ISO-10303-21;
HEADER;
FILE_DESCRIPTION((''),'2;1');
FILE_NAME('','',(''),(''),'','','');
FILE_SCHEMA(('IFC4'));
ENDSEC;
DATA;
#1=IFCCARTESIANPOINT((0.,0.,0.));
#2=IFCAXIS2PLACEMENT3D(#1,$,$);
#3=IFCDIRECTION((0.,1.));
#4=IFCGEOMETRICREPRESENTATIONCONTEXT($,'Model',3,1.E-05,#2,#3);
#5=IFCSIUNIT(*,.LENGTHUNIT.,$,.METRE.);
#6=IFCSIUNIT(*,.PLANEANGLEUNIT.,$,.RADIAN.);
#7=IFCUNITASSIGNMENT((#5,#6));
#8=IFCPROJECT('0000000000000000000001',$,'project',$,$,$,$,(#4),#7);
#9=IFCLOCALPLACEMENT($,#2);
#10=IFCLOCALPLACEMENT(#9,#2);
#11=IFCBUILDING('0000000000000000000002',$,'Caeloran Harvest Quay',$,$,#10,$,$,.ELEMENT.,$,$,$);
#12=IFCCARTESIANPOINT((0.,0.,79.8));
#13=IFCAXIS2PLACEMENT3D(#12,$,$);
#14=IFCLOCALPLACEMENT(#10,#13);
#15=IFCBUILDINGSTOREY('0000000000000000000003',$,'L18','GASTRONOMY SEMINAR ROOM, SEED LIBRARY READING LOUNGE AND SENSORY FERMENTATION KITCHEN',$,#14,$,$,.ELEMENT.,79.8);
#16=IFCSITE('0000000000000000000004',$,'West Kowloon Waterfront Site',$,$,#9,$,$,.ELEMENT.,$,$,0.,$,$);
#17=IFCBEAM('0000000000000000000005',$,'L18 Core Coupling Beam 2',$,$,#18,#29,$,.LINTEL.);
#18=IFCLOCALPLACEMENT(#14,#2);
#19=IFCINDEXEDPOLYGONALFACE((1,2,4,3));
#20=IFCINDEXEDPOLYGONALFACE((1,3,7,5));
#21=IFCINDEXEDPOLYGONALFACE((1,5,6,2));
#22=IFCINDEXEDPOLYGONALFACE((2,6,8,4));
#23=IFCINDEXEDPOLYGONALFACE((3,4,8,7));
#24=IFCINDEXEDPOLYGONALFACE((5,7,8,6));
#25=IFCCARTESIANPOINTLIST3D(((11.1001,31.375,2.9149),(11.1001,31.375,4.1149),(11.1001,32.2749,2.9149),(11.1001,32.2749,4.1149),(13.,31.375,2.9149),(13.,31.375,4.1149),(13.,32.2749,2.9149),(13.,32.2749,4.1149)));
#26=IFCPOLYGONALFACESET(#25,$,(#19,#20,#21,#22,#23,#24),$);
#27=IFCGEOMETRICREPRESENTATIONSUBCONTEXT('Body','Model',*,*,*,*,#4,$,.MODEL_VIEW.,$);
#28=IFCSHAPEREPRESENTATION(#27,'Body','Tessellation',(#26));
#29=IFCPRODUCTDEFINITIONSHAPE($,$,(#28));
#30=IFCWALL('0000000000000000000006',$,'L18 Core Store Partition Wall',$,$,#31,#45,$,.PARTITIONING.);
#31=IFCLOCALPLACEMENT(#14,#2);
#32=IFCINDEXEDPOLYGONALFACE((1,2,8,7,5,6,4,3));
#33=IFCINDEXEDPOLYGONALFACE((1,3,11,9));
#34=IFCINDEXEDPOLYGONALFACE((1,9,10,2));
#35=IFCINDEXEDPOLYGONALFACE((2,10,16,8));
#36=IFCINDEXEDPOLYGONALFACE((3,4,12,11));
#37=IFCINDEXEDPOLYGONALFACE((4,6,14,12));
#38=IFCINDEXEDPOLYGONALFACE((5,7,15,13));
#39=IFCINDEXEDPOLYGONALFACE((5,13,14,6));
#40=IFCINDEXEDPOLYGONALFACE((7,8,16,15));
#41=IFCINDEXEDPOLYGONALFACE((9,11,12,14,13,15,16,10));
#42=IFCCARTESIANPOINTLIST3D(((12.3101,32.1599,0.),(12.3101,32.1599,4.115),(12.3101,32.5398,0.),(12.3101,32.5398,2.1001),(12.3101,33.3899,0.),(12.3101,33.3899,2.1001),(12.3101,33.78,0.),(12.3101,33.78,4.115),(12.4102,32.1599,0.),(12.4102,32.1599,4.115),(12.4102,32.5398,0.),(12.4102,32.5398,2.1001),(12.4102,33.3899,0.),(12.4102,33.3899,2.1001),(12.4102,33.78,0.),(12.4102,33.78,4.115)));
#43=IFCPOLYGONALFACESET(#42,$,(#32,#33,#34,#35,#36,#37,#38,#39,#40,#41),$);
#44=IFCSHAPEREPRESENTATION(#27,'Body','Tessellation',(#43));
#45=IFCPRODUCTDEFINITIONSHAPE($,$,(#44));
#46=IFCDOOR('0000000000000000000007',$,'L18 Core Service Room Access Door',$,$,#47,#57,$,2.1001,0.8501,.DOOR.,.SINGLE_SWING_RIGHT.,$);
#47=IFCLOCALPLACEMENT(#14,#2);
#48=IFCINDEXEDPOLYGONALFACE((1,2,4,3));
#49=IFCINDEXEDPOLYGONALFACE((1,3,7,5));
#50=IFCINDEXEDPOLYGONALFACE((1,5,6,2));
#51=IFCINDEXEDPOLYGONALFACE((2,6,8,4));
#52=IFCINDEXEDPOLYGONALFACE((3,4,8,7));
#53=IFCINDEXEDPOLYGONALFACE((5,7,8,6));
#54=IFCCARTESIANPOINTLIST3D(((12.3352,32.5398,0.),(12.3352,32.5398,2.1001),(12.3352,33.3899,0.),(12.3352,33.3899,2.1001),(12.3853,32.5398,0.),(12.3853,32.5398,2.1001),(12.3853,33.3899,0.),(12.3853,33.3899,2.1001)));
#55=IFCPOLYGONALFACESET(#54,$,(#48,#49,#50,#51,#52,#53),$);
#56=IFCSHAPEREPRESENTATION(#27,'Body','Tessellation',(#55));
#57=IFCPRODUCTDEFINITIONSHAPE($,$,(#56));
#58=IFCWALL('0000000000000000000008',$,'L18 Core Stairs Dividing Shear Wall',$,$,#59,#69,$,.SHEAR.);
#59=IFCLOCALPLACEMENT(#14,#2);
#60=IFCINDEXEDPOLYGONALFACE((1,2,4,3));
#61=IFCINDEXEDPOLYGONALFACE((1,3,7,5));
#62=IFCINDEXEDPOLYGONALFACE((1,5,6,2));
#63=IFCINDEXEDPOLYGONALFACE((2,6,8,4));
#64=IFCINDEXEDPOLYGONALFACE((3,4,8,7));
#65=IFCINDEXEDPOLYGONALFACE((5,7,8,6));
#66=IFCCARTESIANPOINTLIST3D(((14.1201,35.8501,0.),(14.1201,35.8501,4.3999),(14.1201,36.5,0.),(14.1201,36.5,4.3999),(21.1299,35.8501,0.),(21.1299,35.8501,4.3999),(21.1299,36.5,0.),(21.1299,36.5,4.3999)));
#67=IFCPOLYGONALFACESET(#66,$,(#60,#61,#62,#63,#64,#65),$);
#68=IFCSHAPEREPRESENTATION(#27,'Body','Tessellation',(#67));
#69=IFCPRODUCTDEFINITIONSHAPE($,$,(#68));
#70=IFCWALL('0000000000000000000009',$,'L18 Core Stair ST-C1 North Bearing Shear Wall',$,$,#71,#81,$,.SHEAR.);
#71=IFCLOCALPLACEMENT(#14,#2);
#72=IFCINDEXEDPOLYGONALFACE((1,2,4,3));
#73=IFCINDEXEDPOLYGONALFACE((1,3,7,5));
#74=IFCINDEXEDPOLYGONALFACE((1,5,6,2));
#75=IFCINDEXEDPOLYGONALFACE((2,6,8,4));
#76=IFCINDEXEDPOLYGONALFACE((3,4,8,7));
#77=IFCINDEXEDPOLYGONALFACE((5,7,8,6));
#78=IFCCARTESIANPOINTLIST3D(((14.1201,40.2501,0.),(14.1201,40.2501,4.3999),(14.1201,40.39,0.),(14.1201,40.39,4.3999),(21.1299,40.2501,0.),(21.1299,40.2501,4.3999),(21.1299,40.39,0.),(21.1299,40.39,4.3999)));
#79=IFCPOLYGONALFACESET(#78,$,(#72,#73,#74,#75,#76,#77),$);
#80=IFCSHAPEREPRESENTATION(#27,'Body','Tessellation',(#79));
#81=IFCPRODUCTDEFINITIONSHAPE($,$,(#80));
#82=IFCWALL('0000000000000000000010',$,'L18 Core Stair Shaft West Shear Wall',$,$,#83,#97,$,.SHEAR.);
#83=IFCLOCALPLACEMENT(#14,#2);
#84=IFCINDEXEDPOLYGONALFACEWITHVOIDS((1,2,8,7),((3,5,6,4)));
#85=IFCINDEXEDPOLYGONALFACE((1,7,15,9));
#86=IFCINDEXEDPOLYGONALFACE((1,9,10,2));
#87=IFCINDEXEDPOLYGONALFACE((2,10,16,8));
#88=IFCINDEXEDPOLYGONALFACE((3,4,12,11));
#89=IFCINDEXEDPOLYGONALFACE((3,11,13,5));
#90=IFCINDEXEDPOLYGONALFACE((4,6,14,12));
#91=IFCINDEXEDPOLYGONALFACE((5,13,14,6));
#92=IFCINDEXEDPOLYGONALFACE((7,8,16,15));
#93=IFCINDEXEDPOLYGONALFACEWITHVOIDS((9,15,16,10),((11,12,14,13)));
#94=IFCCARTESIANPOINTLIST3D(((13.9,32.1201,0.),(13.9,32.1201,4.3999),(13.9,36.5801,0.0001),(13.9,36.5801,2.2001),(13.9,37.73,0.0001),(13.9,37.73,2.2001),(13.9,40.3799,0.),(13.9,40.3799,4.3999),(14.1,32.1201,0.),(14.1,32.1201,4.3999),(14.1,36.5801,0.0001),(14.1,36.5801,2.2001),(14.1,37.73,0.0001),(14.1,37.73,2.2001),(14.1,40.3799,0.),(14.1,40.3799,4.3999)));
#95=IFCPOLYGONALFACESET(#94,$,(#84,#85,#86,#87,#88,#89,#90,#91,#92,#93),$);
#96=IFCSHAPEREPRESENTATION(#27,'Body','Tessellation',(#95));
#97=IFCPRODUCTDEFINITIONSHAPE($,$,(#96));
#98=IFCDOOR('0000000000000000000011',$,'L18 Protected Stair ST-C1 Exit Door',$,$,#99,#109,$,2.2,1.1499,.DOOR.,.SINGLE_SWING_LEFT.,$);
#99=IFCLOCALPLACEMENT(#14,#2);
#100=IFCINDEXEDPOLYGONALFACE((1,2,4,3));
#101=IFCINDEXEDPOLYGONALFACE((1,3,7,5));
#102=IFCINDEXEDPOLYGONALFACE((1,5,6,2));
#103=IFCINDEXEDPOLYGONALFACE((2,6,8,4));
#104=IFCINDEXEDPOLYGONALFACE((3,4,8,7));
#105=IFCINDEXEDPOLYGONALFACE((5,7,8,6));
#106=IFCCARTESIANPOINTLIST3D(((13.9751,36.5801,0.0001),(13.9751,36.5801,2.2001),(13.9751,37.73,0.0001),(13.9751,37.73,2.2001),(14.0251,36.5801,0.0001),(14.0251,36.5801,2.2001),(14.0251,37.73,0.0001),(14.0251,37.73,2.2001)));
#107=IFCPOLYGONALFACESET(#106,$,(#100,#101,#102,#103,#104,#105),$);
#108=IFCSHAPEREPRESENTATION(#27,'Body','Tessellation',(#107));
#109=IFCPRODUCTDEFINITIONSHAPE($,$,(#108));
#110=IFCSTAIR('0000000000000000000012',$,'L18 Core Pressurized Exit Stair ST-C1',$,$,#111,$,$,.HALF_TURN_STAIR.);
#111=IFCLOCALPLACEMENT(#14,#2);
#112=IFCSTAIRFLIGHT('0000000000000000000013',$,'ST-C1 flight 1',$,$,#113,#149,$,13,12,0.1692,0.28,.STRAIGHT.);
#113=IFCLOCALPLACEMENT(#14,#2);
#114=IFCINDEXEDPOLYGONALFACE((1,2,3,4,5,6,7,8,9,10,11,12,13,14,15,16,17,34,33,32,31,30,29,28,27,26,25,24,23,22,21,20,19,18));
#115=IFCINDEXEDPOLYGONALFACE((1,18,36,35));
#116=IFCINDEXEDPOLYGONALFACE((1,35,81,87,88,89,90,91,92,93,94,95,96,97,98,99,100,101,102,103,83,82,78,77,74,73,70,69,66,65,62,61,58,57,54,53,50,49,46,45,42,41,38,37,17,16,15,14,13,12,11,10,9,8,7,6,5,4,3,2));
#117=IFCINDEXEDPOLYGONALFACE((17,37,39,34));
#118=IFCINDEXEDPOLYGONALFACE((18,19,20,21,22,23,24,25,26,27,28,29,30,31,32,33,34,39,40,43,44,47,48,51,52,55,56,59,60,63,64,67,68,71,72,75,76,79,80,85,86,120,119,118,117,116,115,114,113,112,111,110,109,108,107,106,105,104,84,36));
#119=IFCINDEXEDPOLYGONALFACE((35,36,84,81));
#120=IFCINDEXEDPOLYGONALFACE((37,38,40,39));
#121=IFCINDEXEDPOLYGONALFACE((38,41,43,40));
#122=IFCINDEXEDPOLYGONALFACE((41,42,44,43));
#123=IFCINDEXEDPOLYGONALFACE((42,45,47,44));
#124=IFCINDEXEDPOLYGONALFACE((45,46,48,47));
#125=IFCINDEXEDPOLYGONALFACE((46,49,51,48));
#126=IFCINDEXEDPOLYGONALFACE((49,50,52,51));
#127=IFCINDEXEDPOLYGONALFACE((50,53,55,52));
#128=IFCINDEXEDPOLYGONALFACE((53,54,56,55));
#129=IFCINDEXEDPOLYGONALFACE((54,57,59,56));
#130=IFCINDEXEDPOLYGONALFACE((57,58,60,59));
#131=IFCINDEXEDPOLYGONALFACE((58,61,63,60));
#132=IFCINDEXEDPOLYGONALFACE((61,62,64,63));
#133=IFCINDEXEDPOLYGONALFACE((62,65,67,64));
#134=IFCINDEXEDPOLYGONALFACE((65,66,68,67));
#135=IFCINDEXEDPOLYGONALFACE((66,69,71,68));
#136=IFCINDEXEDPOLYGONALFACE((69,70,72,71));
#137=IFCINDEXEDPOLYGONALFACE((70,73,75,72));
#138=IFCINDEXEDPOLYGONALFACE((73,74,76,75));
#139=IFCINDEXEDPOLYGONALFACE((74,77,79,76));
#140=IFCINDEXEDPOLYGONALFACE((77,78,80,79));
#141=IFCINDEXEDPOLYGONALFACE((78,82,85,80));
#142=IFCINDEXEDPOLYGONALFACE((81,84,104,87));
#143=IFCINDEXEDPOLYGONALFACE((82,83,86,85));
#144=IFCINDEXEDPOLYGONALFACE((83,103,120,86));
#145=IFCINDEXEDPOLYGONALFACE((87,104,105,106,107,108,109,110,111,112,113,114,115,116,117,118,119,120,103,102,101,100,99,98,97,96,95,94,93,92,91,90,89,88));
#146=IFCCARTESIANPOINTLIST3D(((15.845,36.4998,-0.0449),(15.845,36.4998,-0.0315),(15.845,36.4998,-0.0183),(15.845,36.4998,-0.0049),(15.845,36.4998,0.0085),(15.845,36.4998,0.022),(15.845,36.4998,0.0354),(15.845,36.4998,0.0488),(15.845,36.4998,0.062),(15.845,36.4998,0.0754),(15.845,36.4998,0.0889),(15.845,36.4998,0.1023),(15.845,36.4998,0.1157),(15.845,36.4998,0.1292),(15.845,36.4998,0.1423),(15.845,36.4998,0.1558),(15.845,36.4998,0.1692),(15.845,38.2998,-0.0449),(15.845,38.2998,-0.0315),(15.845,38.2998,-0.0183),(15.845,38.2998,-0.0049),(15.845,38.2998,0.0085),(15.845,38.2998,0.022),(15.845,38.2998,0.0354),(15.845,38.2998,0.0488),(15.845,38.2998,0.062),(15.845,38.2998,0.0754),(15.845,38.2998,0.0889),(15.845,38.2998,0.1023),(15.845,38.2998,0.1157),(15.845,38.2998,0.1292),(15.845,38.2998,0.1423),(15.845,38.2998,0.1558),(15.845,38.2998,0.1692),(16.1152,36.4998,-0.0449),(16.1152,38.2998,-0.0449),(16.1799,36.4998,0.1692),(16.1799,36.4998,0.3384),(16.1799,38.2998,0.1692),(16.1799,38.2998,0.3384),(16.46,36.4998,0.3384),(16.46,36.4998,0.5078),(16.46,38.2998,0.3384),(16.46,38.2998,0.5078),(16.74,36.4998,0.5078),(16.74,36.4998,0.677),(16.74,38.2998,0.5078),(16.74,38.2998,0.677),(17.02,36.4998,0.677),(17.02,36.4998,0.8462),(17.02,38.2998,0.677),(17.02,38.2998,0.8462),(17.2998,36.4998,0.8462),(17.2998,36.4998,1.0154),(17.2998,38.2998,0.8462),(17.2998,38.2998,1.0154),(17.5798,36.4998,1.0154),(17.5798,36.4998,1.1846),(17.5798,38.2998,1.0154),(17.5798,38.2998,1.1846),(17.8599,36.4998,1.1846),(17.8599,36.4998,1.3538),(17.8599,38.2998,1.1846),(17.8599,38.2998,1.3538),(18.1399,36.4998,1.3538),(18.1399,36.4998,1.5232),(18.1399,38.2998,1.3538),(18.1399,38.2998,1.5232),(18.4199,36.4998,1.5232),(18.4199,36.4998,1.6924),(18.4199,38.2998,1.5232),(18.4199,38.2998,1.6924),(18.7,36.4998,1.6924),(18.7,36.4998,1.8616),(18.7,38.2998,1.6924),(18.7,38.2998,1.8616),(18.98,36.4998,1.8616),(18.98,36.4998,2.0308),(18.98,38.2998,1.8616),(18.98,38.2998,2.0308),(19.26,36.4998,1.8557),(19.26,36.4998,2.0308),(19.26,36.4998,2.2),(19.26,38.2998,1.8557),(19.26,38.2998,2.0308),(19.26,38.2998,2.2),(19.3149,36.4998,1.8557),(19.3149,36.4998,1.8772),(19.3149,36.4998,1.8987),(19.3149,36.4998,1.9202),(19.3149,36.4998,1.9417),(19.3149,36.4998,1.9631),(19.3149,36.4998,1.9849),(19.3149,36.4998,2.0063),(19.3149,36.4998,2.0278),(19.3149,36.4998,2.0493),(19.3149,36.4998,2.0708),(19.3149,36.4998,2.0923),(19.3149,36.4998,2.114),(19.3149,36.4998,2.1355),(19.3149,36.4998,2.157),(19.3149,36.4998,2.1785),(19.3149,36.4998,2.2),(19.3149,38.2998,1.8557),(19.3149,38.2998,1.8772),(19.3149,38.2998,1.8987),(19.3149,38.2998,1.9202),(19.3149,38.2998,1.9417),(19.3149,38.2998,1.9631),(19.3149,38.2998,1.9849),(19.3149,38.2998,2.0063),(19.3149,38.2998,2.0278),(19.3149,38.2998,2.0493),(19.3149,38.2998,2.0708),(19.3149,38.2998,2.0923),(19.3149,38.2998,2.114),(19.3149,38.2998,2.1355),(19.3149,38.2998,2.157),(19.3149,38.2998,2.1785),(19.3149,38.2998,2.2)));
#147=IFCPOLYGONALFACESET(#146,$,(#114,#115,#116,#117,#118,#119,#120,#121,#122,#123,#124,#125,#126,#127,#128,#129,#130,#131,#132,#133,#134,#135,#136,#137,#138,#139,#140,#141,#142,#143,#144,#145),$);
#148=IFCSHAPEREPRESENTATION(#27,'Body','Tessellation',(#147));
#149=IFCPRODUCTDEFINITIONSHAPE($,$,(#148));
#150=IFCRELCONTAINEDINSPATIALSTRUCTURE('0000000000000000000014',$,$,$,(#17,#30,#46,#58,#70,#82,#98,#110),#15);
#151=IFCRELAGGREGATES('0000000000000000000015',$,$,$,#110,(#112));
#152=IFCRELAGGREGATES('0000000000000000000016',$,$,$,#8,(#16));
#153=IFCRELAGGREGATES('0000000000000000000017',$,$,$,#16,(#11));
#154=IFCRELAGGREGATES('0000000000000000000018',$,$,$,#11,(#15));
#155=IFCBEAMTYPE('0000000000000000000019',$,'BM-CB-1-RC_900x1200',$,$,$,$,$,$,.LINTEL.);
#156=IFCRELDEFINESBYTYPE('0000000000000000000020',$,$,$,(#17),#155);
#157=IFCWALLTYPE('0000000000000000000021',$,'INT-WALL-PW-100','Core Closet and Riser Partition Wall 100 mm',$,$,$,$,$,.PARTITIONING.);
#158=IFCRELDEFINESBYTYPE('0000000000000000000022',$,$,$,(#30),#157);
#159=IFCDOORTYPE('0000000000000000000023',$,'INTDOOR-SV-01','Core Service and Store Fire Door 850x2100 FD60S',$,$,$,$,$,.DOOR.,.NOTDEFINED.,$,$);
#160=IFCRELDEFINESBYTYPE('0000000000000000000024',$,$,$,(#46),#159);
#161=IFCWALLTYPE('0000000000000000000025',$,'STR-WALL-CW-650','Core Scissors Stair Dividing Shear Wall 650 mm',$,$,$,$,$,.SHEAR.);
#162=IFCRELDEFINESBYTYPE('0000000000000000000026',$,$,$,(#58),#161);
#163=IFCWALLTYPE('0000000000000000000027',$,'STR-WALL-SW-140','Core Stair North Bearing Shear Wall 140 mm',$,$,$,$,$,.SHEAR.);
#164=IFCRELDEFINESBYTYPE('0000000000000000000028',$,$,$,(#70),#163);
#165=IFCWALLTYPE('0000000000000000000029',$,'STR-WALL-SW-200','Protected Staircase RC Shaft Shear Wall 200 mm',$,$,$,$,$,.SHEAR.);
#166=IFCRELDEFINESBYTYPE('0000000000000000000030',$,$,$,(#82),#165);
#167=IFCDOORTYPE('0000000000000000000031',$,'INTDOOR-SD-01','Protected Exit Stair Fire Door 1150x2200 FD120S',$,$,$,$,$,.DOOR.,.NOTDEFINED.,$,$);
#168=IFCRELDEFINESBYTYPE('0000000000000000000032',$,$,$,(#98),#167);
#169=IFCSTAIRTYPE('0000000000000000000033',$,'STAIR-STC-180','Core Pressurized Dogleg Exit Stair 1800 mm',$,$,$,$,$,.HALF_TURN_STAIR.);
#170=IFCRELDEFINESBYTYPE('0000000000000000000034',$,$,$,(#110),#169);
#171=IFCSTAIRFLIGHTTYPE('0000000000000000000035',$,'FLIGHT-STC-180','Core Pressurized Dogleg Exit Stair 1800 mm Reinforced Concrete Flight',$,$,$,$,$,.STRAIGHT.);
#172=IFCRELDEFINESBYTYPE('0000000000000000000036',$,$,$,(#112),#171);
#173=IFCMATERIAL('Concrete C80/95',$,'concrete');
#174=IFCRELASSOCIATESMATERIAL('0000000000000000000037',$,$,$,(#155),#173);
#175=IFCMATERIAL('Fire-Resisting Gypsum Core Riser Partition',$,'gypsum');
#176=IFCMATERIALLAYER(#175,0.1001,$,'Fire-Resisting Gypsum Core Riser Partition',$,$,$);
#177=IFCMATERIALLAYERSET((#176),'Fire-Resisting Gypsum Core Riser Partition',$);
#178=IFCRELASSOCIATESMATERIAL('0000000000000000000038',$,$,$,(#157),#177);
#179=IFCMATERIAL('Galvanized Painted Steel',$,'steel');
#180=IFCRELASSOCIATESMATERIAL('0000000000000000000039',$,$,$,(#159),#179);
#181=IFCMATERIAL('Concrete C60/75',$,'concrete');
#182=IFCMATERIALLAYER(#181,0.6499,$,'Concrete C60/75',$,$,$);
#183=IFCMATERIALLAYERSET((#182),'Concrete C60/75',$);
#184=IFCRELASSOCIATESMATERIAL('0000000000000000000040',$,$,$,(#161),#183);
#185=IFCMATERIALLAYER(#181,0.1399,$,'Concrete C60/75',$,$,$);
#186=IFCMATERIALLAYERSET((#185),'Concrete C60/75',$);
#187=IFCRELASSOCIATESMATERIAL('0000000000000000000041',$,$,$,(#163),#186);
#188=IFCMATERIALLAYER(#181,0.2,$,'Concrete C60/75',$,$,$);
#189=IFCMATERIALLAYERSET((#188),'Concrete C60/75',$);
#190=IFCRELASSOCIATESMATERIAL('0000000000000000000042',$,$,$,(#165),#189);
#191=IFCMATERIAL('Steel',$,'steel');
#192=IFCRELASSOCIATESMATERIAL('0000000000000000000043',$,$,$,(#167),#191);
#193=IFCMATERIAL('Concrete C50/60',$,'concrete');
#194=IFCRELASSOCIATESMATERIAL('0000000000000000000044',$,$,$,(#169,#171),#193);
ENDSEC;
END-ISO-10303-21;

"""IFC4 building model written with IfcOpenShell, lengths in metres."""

from ifc_helpers import new_model, si_unit, direction, frame, frame_2d, origin, origin_2d, place, context, subcontext, project, spatial, polyline, rectangle, outline, extrude, material, layer, layer_set, material_profile, profile_set, type_object, element, fill, aggregate, save


model = new_model("IFC4")

# Units and contexts
model_context = context("Model", 3, precision=1e-05, world=origin(), true_north=direction((0.0, 1.0)))
body_context = subcontext(model_context, "Body", "Model", "MODEL_VIEW")
ifc_project = project(units=[si_unit("LENGTHUNIT", "METRE"), si_unit("PLANEANGLEUNIT", "RADIAN")], contexts=[model_context])

# Site, building, storey
site_placement = place(None, origin())
site = spatial("IfcSite", under=ifc_project, at=site_placement, Name="West Kowloon Waterfront Site", CompositionType="ELEMENT", RefElevation=0.0)
building_placement = place(site_placement, origin())
building = spatial("IfcBuilding", under=site, at=building_placement, Name="Caeloran Harvest Quay", CompositionType="ELEMENT")
storey_placement = place(building_placement, frame((0.0, 0.0, 79.8)))
storey = spatial("IfcBuildingStorey", under=building, at=storey_placement, Name="L18", Description="GASTRONOMY SEMINAR ROOM, SEED LIBRARY READING LOUNGE AND SENSORY FERMENTATION KITCHEN", CompositionType="ELEMENT", Elevation=79.8)

# Beam
ifc_material_1 = material(Name="Concrete C80/95", Category="concrete")
ifc_material_profile = material_profile(ifc_material_1, rectangle(XDim=0.8999, YDim=1.2, at=origin_2d()), Name="RC 900x1200")
ifc_profile_set = profile_set([ifc_material_profile], Name="Concrete C80/95")
beam_type = type_object("IfcBeamType", Name="BM-CB-1-RC_900x1200", PredefinedType="LINTEL", material=ifc_profile_set)
beam_placement = place(storey_placement, frame((11.1001, 31.825, 3.5149), z_axis=(1.0, 0.0, 0.0), x_axis=(0.0, 1.0, 0.0)))
element("IfcBeam", 1, at=beam_placement, inside=storey, type_object=beam_type, Name="L18 Core Coupling Beam 2", PredefinedType="LINTEL", context=body_context, shape_type="SweptSolid", body=[
    extrude(rectangle(XDim=0.8999, YDim=1.2, at=origin_2d()), origin(), (0.0, 0.0, 1.0), 1.8999),
])

# Wall, opening, door
ifc_material_2 = material(Name="Fire-Resisting Gypsum Core Riser Partition", Category="gypsum")
ifc_layer_1 = layer(ifc_material_2, 0.1001, Name="Fire-Resisting Gypsum Core Riser Partition")
ifc_layer_set_1 = layer_set([ifc_layer_1], Name="Fire-Resisting Gypsum Core Riser Partition")
wall_type_1 = type_object("IfcWallType", Name="INT-WALL-PW-100", Description="Core Closet and Riser Partition Wall 100 mm", PredefinedType="PARTITIONING", material=ifc_layer_set_1)
wall_1_placement = place(storey_placement, frame((12.3601, 32.1599, 0.0), z_axis=(0.0, 0.0, 1.0), x_axis=(0.0, 1.0, 0.0)))
wall_1 = element("IfcWall", 2, at=wall_1_placement, inside=storey, type_object=wall_type_1, Name="L18 Core Store Partition Wall", PredefinedType="PARTITIONING", context=body_context, shape_type="SweptSolid", body=[
    extrude(rectangle(XDim=1.6201, YDim=0.1001, at=frame_2d((0.8101, 0.0))), origin(), (0.0, 0.0, 1.0), 4.115),
])
opening_1_placement = place(wall_1_placement, frame((0.3799, 0.0, 0.0)))
opening_1 = element("IfcOpeningElement", 3, at=opening_1_placement, cuts=wall_1, PredefinedType="OPENING", context=body_context, shape_type="SweptSolid", body=[
    extrude(rectangle(XDim=0.8501, YDim=2.1001, at=frame_2d((0.425, 1.05))), frame((0.0, 0.0601, 0.0), z_axis=(0.0, -1.0, 0.0), x_axis=(1.0, 0.0, 0.0)), (0.0, 0.0, 1.0), 0.1201),
])
ifc_material_3 = material(Name="Galvanized Painted Steel", Category="steel")
door_type_1 = type_object("IfcDoorType", Name="INTDOOR-SV-01", Description="Core Service and Store Fire Door 850x2100 FD60S", OperationType="NOTDEFINED", PredefinedType="DOOR", material=ifc_material_3)
door_1_placement = place(opening_1_placement, origin())
door_1 = element("IfcDoor", 4, at=door_1_placement, inside=storey, type_object=door_type_1, Name="L18 Core Service Room Access Door", OperationType="SINGLE_SWING_RIGHT", OverallHeight=2.1001, OverallWidth=0.8501, PredefinedType="DOOR", context=body_context, shape_type="SweptSolid", body=[
    extrude(rectangle(XDim=0.8501, YDim=2.1001, at=frame_2d((0.425, 1.05))), frame((0.0, 0.0249, 0.0), z_axis=(0.0, -1.0, 0.0), x_axis=(1.0, 0.0, 0.0)), (0.0, 0.0, 1.0), 0.05),
])
fill(opening_1, door_1)

# Walls
ifc_material_4 = material(Name="Concrete C60/75", Category="concrete")
ifc_layer_2 = layer(ifc_material_4, 0.6499, Name="Concrete C60/75")
ifc_layer_set_2 = layer_set([ifc_layer_2], Name="Concrete C60/75")
wall_type_2 = type_object("IfcWallType", Name="STR-WALL-CW-650", Description="Core Scissors Stair Dividing Shear Wall 650 mm", PredefinedType="SHEAR", material=ifc_layer_set_2)
wall_2_placement = place(storey_placement, frame((14.1201, 36.175, 0.0), z_axis=(0.0, 0.0, 1.0), x_axis=(1.0, 0.0, 0.0)))
element("IfcWall", 5, at=wall_2_placement, inside=storey, type_object=wall_type_2, Name="L18 Core Stairs Dividing Shear Wall", PredefinedType="SHEAR", context=body_context, shape_type="SweptSolid", body=[
    extrude(rectangle(XDim=7.0098, YDim=0.6499, at=frame_2d((3.5049, 0.0))), origin(), (0.0, 0.0, 1.0), 4.3999),
])
ifc_layer_3 = layer(ifc_material_4, 0.1399, Name="Concrete C60/75")
ifc_layer_set_3 = layer_set([ifc_layer_3], Name="Concrete C60/75")
wall_type_3 = type_object("IfcWallType", Name="STR-WALL-SW-140", Description="Core Stair North Bearing Shear Wall 140 mm", PredefinedType="SHEAR", material=ifc_layer_set_3)
wall_3_placement = place(storey_placement, frame((14.1201, 40.3201, 0.0), z_axis=(0.0, 0.0, 1.0), x_axis=(1.0, 0.0, 0.0)))
element("IfcWall", 6, at=wall_3_placement, inside=storey, type_object=wall_type_3, Name="L18 Core Stair ST-C1 North Bearing Shear Wall", PredefinedType="SHEAR", context=body_context, shape_type="SweptSolid", body=[
    extrude(rectangle(XDim=7.0098, YDim=0.1399, at=frame_2d((3.5049, 0.0))), origin(), (0.0, 0.0, 1.0), 4.3999),
])

# Wall, opening, door
ifc_layer_4 = layer(ifc_material_4, 0.2, Name="Concrete C60/75")
ifc_layer_set_4 = layer_set([ifc_layer_4], Name="Concrete C60/75")
wall_type_4 = type_object("IfcWallType", Name="STR-WALL-SW-200", Description="Protected Staircase RC Shaft Shear Wall 200 mm", PredefinedType="SHEAR", material=ifc_layer_set_4)
wall_4_placement = place(storey_placement, frame((14.0, 32.1201, 0.0), z_axis=(0.0, 0.0, 1.0), x_axis=(0.0, 1.0, 0.0)))
wall_4 = element("IfcWall", 7, at=wall_4_placement, inside=storey, type_object=wall_type_4, Name="L18 Core Stair Shaft West Shear Wall", PredefinedType="SHEAR", context=body_context, shape_type="SweptSolid", body=[
    extrude(rectangle(XDim=8.2598, YDim=0.2, at=frame_2d((4.1299, 0.0))), origin(), (0.0, 0.0, 1.0), 4.3999),
])
opening_2_placement = place(wall_4_placement, frame((4.46, 0.0, 0.0)))
opening_2 = element("IfcOpeningElement", 8, at=opening_2_placement, cuts=wall_4, PredefinedType="OPENING", context=body_context, shape_type="SweptSolid", body=[
    extrude(rectangle(XDim=1.1499, YDim=2.2, at=frame_2d((0.575, 1.1001))), frame((0.0, 0.1099, 0.0), z_axis=(0.0, -1.0, 0.0), x_axis=(1.0, 0.0, 0.0)), (0.0, 0.0, 1.0), 0.22),
])
ifc_material_5 = material(Name="Steel", Category="steel")
door_type_2 = type_object("IfcDoorType", Name="INTDOOR-SD-01", Description="Protected Exit Stair Fire Door 1150x2200 FD120S", OperationType="NOTDEFINED", PredefinedType="DOOR", material=ifc_material_5)
door_2_placement = place(opening_2_placement, origin())
door_2 = element("IfcDoor", 9, at=door_2_placement, inside=storey, type_object=door_type_2, Name="L18 Protected Stair ST-C1 Exit Door", OperationType="SINGLE_SWING_LEFT", OverallHeight=2.2, OverallWidth=1.1499, PredefinedType="DOOR", context=body_context, shape_type="SweptSolid", body=[
    extrude(rectangle(XDim=1.1499, YDim=2.2, at=frame_2d((0.575, 1.1001))), frame((0.0, 0.0249, 0.0), z_axis=(0.0, -1.0, 0.0), x_axis=(1.0, 0.0, 0.0)), (0.0, 0.0, 1.0), 0.05),
])
fill(opening_2, door_2)

# Stair, stair flight
ifc_material_6 = material(Name="Concrete C50/60", Category="concrete")
stair_type = type_object("IfcStairType", Name="STAIR-STC-180", Description="Core Pressurized Dogleg Exit Stair 1800 mm", PredefinedType="HALF_TURN_STAIR", material=ifc_material_6)
stair_1_placement = place(storey_placement, origin())
stair_1 = element("IfcStair", 10, at=stair_1_placement, inside=storey, type_object=stair_type, Name="L18 Core Pressurized Exit Stair ST-C1", PredefinedType="HALF_TURN_STAIR")
stair_flight_type = type_object("IfcStairFlightType", Name="FLIGHT-STC-180", Description="Core Pressurized Dogleg Exit Stair 1800 mm Reinforced Concrete Flight", PredefinedType="STRAIGHT", material=ifc_material_6)
stair_flight_1_placement = place(storey_placement, frame((15.8999, 37.3999, 0.0), z_axis=(0.0, 0.0, 1.0), x_axis=(1.0, 0.0, 0.0)))
stair_flight_1 = element("IfcStairFlight", 11, at=stair_flight_1_placement, type_object=stair_flight_type, Name="ST-C1 flight 1", NumberOfRisers=13, NumberOfTreads=12, PredefinedType="STRAIGHT", RiserHeight=0.1692, TreadLength=0.28, context=body_context, shape_type="SweptSolid", body=[
    extrude(outline(polyline([(-0.0549, -0.0449), (-0.0549, -0.0315), (-0.0549, -0.0183), (-0.0549, -0.0049), (-0.0549, 0.0085), (-0.0549, 0.022), (-0.0549, 0.0354), (-0.0549, 0.0488), (-0.0549, 0.062), (-0.0549, 0.0754), (-0.0549, 0.0889), (-0.0549, 0.1023), (-0.0549, 0.1157), (-0.0549, 0.1292), (-0.0549, 0.1423), (-0.0549, 0.1558), (-0.0549, 0.1692), (0.28, 0.1692), (0.28, 0.3384), (0.5601, 0.3384), (0.5601, 0.5078), (0.8401, 0.5078), (0.8401, 0.677), (1.1201, 0.677), (1.1201, 0.8462), (1.3999, 0.8462), (1.3999, 1.0154), (1.6799, 1.0154), (1.6799, 1.1846), (1.96, 1.1846), (1.96, 1.3538), (2.24, 1.3538), (2.24, 1.5232), (2.52, 1.5232), (2.52, 1.6924), (2.8, 1.6924), (2.8, 1.8616), (3.0801, 1.8616), (3.0801, 2.0308), (3.3601, 2.0308), (3.3601, 2.2), (3.415, 2.2), (3.415, 2.1785), (3.415, 2.157), (3.415, 2.1355), (3.415, 2.114), (3.415, 2.0923), (3.415, 2.0708), (3.415, 2.0493), (3.415, 2.0278), (3.415, 2.0063), (3.415, 1.9849), (3.415, 1.9631), (3.415, 1.9417), (3.415, 1.9202), (3.415, 1.8987), (3.415, 1.8772), (3.415, 1.8557), (3.3601, 1.8557), (0.2153, -0.0449), (-0.0549, -0.0449)])), frame((0.0, 0.8999, 0.0), z_axis=(0.0, -1.0, 0.0), x_axis=(1.0, 0.0, 0.0)), (0.0, 0.0, 1.0), 1.8),
])
aggregate(stair_1, [stair_flight_1])

save(model, "model.ifc")
